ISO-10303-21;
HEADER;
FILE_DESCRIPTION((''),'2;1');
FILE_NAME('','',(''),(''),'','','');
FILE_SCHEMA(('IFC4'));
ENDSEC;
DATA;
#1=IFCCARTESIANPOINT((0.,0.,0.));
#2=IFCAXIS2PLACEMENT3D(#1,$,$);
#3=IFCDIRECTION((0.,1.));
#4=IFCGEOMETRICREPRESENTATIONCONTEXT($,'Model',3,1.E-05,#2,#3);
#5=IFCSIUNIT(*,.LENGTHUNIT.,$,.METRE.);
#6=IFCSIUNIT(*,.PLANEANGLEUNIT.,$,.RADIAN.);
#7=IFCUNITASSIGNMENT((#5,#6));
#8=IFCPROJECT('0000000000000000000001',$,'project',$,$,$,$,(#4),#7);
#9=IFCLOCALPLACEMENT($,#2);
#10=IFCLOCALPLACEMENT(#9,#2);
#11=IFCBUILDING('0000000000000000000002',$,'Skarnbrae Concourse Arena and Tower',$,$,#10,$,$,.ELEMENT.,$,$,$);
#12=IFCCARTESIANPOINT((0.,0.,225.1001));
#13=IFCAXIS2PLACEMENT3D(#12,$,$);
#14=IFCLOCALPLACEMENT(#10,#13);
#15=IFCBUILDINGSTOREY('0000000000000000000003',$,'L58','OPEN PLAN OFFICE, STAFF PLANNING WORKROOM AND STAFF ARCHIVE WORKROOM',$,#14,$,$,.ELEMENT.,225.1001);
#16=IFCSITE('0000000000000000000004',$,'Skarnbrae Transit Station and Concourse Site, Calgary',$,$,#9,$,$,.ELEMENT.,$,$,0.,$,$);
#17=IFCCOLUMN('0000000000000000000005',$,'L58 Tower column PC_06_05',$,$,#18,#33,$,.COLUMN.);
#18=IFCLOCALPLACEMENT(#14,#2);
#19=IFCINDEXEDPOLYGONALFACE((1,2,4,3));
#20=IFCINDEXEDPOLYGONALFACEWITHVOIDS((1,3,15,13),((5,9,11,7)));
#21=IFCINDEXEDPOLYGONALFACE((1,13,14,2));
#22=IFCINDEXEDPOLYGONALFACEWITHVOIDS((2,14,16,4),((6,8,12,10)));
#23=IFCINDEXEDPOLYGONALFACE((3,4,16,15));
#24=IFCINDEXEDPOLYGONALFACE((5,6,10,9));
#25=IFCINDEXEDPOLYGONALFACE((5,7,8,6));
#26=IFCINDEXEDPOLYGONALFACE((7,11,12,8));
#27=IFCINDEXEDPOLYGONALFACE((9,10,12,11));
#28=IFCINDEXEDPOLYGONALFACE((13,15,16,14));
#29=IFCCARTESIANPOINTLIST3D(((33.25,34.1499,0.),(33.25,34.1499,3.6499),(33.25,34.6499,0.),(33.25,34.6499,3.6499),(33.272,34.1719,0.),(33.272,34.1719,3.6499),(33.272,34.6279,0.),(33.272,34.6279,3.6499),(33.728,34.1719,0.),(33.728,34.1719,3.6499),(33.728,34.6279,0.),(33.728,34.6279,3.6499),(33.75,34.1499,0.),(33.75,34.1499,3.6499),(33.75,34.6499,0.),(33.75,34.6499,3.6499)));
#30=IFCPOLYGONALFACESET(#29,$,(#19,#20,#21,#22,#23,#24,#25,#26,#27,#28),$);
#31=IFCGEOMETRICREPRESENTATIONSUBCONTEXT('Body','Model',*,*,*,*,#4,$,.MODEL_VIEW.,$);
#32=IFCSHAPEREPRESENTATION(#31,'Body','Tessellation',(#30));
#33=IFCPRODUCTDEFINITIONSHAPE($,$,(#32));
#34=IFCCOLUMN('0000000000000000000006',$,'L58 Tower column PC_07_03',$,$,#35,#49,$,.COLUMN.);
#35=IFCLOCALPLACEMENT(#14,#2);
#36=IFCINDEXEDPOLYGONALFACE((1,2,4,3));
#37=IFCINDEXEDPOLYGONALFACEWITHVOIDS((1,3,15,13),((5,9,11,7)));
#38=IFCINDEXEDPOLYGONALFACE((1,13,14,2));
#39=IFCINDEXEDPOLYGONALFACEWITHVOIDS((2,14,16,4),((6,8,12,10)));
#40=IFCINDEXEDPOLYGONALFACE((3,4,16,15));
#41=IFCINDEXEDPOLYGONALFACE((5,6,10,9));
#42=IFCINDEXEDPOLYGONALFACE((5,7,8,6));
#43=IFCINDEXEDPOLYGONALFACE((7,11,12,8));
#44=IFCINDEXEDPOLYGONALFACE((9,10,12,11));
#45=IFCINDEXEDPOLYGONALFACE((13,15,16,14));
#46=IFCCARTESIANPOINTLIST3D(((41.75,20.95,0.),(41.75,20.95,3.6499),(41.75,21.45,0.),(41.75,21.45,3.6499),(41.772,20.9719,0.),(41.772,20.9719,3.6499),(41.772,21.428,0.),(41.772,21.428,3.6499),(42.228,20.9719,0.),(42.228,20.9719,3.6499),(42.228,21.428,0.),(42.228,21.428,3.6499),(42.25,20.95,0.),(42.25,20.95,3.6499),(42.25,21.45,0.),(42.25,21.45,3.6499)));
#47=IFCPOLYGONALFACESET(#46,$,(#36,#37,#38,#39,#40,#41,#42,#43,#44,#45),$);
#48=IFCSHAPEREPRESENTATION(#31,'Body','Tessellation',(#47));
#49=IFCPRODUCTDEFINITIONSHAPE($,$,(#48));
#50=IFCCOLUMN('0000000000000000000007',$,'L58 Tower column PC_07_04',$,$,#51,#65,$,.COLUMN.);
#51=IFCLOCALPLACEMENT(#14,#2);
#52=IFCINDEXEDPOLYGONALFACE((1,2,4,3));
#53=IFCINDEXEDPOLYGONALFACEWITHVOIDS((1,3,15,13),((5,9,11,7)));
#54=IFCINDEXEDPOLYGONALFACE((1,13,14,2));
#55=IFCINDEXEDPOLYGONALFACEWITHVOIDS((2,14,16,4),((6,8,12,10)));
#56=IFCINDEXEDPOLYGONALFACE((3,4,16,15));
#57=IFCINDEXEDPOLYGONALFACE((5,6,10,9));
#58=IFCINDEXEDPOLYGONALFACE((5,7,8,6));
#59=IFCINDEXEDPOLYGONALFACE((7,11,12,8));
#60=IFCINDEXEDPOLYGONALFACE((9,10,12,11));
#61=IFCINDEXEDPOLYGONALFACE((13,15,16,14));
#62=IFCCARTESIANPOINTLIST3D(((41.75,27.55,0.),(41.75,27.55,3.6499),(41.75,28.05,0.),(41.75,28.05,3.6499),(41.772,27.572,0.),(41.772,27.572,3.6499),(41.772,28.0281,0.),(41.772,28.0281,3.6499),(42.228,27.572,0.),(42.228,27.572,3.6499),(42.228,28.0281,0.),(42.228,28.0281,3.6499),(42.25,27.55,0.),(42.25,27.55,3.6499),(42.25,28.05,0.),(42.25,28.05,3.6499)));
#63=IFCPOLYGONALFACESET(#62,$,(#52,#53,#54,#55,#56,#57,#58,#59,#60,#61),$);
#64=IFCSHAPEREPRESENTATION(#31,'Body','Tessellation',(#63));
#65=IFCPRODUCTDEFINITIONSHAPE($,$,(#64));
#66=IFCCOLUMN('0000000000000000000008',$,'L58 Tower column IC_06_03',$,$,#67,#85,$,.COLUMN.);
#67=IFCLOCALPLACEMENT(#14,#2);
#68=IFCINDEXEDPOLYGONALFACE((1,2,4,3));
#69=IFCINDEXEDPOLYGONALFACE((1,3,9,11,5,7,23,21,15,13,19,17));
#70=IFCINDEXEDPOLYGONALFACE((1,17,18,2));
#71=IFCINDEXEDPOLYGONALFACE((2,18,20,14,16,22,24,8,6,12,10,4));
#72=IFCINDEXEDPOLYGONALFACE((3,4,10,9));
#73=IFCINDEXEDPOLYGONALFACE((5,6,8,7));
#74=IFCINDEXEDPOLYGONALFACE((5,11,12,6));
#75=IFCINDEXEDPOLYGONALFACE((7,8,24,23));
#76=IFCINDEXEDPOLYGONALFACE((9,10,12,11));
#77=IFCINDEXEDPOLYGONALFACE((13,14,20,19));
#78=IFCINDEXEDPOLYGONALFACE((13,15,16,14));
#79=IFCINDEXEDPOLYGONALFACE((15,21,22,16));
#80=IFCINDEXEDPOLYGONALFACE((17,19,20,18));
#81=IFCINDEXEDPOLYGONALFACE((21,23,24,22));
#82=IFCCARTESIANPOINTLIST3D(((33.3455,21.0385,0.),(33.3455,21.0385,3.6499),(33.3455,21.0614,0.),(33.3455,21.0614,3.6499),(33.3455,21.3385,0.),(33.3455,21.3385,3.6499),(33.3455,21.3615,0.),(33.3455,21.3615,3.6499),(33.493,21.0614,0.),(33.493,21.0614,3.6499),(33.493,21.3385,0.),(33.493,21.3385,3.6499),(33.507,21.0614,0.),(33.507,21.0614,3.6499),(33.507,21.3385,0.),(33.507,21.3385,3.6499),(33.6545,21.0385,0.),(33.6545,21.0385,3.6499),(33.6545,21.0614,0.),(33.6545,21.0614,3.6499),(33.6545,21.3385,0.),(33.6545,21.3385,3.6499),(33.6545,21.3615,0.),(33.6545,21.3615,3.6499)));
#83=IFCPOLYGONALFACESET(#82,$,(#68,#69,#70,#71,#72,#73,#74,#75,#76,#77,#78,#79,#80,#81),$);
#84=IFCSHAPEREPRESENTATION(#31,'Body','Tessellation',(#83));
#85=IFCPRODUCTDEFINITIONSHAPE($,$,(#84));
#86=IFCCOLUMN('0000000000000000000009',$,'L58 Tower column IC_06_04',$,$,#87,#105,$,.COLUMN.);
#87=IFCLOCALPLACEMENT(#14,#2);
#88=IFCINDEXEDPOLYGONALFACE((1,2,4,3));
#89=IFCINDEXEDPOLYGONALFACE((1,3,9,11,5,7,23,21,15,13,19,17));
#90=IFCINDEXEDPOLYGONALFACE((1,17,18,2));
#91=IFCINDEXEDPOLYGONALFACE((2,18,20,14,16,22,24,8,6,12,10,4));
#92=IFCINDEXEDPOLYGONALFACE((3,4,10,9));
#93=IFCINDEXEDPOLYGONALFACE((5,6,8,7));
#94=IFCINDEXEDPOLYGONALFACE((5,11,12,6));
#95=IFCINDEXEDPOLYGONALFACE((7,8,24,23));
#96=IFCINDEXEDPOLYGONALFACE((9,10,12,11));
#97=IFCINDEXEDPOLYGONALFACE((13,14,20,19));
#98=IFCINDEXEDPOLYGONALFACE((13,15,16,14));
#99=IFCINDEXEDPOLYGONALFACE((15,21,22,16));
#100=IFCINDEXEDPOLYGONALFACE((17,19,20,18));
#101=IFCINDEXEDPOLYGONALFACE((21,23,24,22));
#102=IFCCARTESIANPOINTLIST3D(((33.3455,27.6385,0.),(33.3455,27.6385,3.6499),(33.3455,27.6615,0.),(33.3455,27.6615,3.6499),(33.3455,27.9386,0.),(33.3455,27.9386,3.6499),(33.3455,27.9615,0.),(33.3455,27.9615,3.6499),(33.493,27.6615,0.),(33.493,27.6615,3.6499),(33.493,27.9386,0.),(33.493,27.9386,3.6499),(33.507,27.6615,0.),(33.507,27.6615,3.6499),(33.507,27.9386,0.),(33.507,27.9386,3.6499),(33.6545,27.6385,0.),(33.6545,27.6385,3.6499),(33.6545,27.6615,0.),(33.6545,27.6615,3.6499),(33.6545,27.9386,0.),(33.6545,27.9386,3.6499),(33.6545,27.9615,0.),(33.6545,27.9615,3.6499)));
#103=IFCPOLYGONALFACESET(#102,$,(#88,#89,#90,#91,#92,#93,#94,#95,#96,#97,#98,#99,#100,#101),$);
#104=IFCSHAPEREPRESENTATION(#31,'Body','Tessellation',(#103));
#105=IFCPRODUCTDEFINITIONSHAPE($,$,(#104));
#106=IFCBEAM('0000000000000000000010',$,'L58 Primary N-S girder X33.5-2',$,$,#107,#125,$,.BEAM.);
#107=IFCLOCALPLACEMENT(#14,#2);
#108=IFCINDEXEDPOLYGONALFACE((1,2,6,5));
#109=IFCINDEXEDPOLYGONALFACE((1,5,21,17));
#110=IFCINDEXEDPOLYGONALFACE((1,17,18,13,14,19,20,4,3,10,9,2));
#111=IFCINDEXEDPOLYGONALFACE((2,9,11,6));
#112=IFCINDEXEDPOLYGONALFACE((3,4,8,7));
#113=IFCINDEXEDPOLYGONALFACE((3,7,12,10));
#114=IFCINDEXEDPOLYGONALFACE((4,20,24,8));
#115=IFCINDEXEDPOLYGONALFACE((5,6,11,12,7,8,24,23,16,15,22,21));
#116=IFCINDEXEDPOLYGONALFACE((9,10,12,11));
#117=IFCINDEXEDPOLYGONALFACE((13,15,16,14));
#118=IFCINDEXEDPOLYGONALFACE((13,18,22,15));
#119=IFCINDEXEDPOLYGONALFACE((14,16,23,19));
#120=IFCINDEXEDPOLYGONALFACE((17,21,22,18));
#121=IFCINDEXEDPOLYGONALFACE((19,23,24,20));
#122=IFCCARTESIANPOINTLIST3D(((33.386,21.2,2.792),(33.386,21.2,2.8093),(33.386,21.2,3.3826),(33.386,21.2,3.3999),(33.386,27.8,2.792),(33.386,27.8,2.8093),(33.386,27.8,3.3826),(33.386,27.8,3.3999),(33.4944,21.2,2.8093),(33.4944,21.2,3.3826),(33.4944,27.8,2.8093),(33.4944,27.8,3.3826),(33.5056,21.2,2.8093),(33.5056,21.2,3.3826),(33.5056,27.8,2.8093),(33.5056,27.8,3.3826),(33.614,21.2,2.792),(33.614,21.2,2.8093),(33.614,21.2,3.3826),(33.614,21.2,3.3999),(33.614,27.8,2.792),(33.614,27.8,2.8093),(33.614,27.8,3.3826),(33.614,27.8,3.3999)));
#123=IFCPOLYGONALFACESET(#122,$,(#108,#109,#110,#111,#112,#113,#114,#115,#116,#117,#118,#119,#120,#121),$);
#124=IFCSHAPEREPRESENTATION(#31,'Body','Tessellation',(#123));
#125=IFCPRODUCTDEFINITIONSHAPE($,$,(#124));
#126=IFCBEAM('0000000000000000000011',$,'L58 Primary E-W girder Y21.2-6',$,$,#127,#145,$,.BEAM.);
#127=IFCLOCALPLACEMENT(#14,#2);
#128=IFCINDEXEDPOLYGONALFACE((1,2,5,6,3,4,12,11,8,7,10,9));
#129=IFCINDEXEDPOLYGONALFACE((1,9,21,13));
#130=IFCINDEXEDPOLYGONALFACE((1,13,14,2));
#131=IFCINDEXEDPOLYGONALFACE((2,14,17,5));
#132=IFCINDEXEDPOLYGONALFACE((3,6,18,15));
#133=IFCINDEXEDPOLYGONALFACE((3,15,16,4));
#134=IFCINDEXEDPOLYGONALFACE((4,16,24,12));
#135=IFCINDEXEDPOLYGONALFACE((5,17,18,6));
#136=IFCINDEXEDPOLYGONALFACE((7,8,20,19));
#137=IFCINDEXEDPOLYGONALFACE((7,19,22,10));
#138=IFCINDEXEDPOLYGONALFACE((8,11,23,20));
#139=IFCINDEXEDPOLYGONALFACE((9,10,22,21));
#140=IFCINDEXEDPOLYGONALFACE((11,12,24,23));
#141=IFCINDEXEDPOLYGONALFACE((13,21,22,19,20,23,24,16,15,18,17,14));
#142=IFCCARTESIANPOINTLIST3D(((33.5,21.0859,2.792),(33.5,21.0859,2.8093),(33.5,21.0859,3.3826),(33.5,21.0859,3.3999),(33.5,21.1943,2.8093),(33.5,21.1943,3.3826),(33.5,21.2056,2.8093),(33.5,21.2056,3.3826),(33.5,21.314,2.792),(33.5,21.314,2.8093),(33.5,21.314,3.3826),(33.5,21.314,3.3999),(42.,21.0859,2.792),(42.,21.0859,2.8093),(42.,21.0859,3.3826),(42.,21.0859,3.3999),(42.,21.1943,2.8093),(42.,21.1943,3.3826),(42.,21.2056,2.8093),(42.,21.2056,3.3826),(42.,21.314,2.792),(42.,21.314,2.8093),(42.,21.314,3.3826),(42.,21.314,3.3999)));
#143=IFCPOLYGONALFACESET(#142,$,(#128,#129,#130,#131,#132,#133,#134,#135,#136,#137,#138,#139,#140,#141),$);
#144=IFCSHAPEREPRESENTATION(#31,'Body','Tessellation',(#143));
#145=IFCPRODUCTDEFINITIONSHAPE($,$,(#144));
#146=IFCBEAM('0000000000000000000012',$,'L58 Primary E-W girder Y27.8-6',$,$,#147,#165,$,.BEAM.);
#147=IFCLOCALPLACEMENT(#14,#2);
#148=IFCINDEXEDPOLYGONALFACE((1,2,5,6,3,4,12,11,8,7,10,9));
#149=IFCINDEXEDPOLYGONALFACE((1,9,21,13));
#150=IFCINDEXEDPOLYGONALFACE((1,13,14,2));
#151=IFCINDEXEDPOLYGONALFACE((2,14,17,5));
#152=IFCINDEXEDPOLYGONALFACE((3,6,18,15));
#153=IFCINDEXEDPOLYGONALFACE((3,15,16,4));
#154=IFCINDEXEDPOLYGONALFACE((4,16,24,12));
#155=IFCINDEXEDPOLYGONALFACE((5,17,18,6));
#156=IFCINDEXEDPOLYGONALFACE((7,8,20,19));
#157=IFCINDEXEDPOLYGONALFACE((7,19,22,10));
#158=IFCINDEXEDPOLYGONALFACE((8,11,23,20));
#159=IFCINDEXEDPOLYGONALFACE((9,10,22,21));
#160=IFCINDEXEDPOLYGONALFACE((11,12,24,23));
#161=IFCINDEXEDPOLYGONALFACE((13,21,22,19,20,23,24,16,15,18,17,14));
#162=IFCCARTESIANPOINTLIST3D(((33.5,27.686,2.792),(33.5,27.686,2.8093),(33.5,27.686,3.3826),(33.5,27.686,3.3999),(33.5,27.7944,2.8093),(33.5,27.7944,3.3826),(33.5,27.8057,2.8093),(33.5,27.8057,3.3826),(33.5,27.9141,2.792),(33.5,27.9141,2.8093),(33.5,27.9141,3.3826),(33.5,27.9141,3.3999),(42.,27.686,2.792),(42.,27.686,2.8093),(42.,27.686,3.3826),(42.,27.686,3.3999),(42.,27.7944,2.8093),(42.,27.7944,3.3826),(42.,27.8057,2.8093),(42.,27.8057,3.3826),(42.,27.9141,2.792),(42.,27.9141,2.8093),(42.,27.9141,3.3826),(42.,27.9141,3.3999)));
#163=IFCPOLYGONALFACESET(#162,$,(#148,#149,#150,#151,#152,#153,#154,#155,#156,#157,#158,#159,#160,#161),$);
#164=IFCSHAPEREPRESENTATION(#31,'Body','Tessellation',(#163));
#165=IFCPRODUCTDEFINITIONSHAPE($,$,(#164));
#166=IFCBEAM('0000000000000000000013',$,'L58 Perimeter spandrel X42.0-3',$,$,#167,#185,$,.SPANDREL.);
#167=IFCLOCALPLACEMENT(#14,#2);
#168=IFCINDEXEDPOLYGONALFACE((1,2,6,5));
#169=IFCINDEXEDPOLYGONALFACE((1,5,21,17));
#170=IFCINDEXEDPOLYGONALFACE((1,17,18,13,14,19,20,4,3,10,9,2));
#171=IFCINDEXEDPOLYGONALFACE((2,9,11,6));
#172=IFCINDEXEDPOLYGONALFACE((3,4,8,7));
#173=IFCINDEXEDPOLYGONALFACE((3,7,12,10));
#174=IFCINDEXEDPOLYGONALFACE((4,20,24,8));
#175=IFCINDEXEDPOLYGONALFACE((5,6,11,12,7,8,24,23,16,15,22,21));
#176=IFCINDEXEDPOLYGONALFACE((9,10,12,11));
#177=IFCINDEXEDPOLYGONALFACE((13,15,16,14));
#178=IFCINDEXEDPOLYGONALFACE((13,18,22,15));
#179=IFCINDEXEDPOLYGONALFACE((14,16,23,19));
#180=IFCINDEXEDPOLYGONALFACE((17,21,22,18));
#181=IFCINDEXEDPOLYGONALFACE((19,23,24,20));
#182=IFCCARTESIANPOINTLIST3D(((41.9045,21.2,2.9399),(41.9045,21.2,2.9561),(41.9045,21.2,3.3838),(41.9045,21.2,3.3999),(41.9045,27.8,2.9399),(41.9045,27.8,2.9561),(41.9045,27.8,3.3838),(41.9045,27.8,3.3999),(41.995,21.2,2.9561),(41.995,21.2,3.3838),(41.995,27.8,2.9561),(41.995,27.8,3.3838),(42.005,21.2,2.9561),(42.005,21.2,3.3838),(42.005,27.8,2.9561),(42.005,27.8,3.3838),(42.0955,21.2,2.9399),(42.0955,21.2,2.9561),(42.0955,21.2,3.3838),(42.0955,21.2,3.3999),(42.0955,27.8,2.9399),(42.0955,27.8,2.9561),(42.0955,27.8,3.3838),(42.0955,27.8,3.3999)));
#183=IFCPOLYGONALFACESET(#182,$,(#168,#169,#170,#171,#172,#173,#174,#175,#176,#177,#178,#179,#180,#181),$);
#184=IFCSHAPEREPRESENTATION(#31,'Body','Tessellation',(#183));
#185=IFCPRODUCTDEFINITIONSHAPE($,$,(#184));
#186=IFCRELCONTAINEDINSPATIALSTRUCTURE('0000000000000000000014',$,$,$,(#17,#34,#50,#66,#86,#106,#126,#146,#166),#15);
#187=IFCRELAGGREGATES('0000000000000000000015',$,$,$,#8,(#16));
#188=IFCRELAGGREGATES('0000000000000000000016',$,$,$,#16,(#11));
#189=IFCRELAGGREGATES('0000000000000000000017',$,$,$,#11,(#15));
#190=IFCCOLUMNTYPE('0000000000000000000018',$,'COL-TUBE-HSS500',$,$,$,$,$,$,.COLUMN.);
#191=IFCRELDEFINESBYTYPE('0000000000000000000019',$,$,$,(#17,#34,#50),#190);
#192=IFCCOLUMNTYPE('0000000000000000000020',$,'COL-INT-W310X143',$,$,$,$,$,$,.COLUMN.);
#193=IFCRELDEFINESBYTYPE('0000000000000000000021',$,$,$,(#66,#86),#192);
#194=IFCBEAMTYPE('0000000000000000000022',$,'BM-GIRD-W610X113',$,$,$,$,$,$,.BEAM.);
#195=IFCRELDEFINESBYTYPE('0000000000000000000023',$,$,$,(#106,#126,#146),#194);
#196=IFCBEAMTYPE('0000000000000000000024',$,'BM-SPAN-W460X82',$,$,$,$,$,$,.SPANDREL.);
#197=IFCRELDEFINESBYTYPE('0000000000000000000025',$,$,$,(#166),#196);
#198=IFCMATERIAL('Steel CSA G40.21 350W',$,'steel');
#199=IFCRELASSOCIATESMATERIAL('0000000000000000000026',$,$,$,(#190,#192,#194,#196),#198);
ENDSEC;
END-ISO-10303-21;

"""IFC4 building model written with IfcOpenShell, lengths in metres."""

from ifc_helpers import new_model, si_unit, direction, frame, origin, origin_2d, place, context, subcontext, project, spatial, hollow_rectangle, i_section, extrude, source, transform, mapped, material, material_profile, profile_set, type_object, element, save


model = new_model("IFC4")

# Units and contexts
model_context = context("Model", 3, precision=1e-05, world=origin(), true_north=direction((0.0, 1.0)))
body_context = subcontext(model_context, "Body", "Model", "MODEL_VIEW")
ifc_project = project(units=[si_unit("LENGTHUNIT", "METRE"), si_unit("PLANEANGLEUNIT", "RADIAN")], contexts=[model_context])

# Site, building, storey
site_placement = place(None, origin())
site = spatial("IfcSite", under=ifc_project, at=site_placement, Name="Skarnbrae Transit Station and Concourse Site, Calgary", CompositionType="ELEMENT", RefElevation=0.0)
building_placement = place(site_placement, origin())
building = spatial("IfcBuilding", under=site, at=building_placement, Name="Skarnbrae Concourse Arena and Tower", CompositionType="ELEMENT")
storey_placement = place(building_placement, frame((0.0, 0.0, 225.1001)))
storey = spatial("IfcBuildingStorey", under=building, at=storey_placement, Name="L58", Description="OPEN PLAN OFFICE, STAFF PLANNING WORKROOM AND STAFF ARCHIVE WORKROOM", CompositionType="ELEMENT", Elevation=225.1001)

# Columns
ifc_material_1 = material(Name="Steel CSA G40.21 350W", Category="steel")
ifc_material_profile_1 = material_profile(ifc_material_1, hollow_rectangle(XDim=0.5, YDim=0.5, WallThickness=0.022, at=origin_2d()), Name="HSS500X500X22.0")
ifc_profile_set_1 = profile_set([ifc_material_profile_1], Name="Steel CSA G40.21 350W")
column_type_1 = type_object("IfcColumnType", Name="COL-TUBE-HSS500", PredefinedType="COLUMN", material=ifc_profile_set_1)
shared_shape_1 = source(origin(), body_context, "Body", "SweptSolid", [
    extrude(hollow_rectangle(XDim=0.5, YDim=0.5, WallThickness=0.022, at=origin_2d()), origin(), (0.0, 0.0, 1.0), 3.6499),
])
for number, where, z_axis, x_axis, name in (
    (1, (33.5, 34.3999, 0.0), (0.0, 0.0, 1.0), (1.0, 0.0, 0.0), "L58 Tower column PC_06_05"),
    (2, (42.0, 21.2, 0.0), (0.0, 0.0, 1.0), (1.0, 0.0, 0.0), "L58 Tower column PC_07_03"),
    (3, (42.0, 27.8, 0.0), (0.0, 0.0, 1.0), (1.0, 0.0, 0.0), "L58 Tower column PC_07_04"),
):
    element("IfcColumn", number, at=place(storey_placement, frame(where, z_axis=z_axis, x_axis=x_axis)), inside=storey, type_object=column_type_1, Name=name, PredefinedType="COLUMN", context=body_context, shape_type="MappedRepresentation", body=[
        mapped(shared_shape_1, transform((0.0, 0.0, 0.0))),
    ])
ifc_material_profile_2 = material_profile(ifc_material_1, i_section(OverallWidth=0.3091, OverallDepth=0.323, WebThickness=0.0139, FlangeThickness=0.0229, at=origin_2d()), Name="W310X143")
ifc_profile_set_2 = profile_set([ifc_material_profile_2], Name="Steel CSA G40.21 350W")
column_type_2 = type_object("IfcColumnType", Name="COL-INT-W310X143", PredefinedType="COLUMN", material=ifc_profile_set_2)
shared_shape_2 = source(origin(), body_context, "Body", "SweptSolid", [
    extrude(i_section(OverallWidth=0.3091, OverallDepth=0.323, WebThickness=0.0139, FlangeThickness=0.0229, at=origin_2d()), origin(), (0.0, 0.0, 1.0), 3.6499),
])
for number, where, z_axis, x_axis, name in (
    (4, (33.5, 21.2, 0.0), (0.0, 0.0, 1.0), (1.0, 0.0, 0.0), "L58 Tower column IC_06_03"),
    (5, (33.5, 27.8, 0.0), (0.0, 0.0, 1.0), (1.0, 0.0, 0.0), "L58 Tower column IC_06_04"),
):
    element("IfcColumn", number, at=place(storey_placement, frame(where, z_axis=z_axis, x_axis=x_axis)), inside=storey, type_object=column_type_2, Name=name, PredefinedType="COLUMN", context=body_context, shape_type="MappedRepresentation", body=[
        mapped(shared_shape_2, transform((0.0, 0.0, 0.0))),
    ])

# Beams
ifc_material_profile_3 = material_profile(ifc_material_1, i_section(OverallWidth=0.228, OverallDepth=0.6079, WebThickness=0.0112, FlangeThickness=0.0173, at=origin_2d()), Name="W610X113")
ifc_profile_set_3 = profile_set([ifc_material_profile_3], Name="Steel CSA G40.21 350W")
beam_type_1 = type_object("IfcBeamType", Name="BM-GIRD-W610X113", PredefinedType="BEAM", material=ifc_profile_set_3)
shared_shape_3 = source(origin(), body_context, "Body", "SweptSolid", [
    extrude(i_section(OverallWidth=0.228, OverallDepth=0.6079, WebThickness=0.0112, FlangeThickness=0.0173, at=origin_2d()), origin(), (0.0, 0.0, 1.0), 6.6001),
])
beam_1_placement = place(storey_placement, frame((33.5, 21.2, 3.0959), z_axis=(0.0, 1.0, 0.0), x_axis=(-1.0, 0.0, 0.0)))
element("IfcBeam", 6, at=beam_1_placement, inside=storey, type_object=beam_type_1, Name="L58 Primary N-S girder X33.5-2", PredefinedType="BEAM", context=body_context, shape_type="MappedRepresentation", body=[
    mapped(shared_shape_3, transform((0.0, 0.0, 0.0))),
])
shared_shape_4 = source(origin(), body_context, "Body", "SweptSolid", [
    extrude(i_section(OverallWidth=0.228, OverallDepth=0.6079, WebThickness=0.0112, FlangeThickness=0.0173, at=origin_2d()), origin(), (0.0, 0.0, 1.0), 8.5),
])
for number, where, z_axis, x_axis, name in (
    (7, (33.5, 21.2, 3.0959), (1.0, 0.0, 0.0), (0.0, 1.0, 0.0), "L58 Primary E-W girder Y21.2-6"),
    (8, (33.5, 27.8, 3.0959), (1.0, 0.0, 0.0), (0.0, 1.0, 0.0), "L58 Primary E-W girder Y27.8-6"),
):
    element("IfcBeam", number, at=place(storey_placement, frame(where, z_axis=z_axis, x_axis=x_axis)), inside=storey, type_object=beam_type_1, Name=name, PredefinedType="BEAM", context=body_context, shape_type="MappedRepresentation", body=[
        mapped(shared_shape_4, transform((0.0, 0.0, 0.0))),
    ])
ifc_material_profile_4 = material_profile(ifc_material_1, i_section(OverallWidth=0.1909, OverallDepth=0.46, WebThickness=0.01, FlangeThickness=0.0161, at=origin_2d()), Name="W460X82")
ifc_profile_set_4 = profile_set([ifc_material_profile_4], Name="Steel CSA G40.21 350W")
beam_type_2 = type_object("IfcBeamType", Name="BM-SPAN-W460X82", PredefinedType="SPANDREL", material=ifc_profile_set_4)
shared_shape_5 = source(origin(), body_context, "Body", "SweptSolid", [
    extrude(i_section(OverallWidth=0.1909, OverallDepth=0.46, WebThickness=0.01, FlangeThickness=0.0161, at=origin_2d()), origin(), (0.0, 0.0, 1.0), 6.6001),
])
beam_2_placement = place(storey_placement, frame((42.0, 21.2, 3.1699), z_axis=(0.0, 1.0, 0.0), x_axis=(-1.0, 0.0, 0.0)))
element("IfcBeam", 9, at=beam_2_placement, inside=storey, type_object=beam_type_2, Name="L58 Perimeter spandrel X42.0-3", PredefinedType="SPANDREL", context=body_context, shape_type="MappedRepresentation", body=[
    mapped(shared_shape_5, transform((0.0, 0.0, 0.0))),
])

save(model, "model.ifc")
